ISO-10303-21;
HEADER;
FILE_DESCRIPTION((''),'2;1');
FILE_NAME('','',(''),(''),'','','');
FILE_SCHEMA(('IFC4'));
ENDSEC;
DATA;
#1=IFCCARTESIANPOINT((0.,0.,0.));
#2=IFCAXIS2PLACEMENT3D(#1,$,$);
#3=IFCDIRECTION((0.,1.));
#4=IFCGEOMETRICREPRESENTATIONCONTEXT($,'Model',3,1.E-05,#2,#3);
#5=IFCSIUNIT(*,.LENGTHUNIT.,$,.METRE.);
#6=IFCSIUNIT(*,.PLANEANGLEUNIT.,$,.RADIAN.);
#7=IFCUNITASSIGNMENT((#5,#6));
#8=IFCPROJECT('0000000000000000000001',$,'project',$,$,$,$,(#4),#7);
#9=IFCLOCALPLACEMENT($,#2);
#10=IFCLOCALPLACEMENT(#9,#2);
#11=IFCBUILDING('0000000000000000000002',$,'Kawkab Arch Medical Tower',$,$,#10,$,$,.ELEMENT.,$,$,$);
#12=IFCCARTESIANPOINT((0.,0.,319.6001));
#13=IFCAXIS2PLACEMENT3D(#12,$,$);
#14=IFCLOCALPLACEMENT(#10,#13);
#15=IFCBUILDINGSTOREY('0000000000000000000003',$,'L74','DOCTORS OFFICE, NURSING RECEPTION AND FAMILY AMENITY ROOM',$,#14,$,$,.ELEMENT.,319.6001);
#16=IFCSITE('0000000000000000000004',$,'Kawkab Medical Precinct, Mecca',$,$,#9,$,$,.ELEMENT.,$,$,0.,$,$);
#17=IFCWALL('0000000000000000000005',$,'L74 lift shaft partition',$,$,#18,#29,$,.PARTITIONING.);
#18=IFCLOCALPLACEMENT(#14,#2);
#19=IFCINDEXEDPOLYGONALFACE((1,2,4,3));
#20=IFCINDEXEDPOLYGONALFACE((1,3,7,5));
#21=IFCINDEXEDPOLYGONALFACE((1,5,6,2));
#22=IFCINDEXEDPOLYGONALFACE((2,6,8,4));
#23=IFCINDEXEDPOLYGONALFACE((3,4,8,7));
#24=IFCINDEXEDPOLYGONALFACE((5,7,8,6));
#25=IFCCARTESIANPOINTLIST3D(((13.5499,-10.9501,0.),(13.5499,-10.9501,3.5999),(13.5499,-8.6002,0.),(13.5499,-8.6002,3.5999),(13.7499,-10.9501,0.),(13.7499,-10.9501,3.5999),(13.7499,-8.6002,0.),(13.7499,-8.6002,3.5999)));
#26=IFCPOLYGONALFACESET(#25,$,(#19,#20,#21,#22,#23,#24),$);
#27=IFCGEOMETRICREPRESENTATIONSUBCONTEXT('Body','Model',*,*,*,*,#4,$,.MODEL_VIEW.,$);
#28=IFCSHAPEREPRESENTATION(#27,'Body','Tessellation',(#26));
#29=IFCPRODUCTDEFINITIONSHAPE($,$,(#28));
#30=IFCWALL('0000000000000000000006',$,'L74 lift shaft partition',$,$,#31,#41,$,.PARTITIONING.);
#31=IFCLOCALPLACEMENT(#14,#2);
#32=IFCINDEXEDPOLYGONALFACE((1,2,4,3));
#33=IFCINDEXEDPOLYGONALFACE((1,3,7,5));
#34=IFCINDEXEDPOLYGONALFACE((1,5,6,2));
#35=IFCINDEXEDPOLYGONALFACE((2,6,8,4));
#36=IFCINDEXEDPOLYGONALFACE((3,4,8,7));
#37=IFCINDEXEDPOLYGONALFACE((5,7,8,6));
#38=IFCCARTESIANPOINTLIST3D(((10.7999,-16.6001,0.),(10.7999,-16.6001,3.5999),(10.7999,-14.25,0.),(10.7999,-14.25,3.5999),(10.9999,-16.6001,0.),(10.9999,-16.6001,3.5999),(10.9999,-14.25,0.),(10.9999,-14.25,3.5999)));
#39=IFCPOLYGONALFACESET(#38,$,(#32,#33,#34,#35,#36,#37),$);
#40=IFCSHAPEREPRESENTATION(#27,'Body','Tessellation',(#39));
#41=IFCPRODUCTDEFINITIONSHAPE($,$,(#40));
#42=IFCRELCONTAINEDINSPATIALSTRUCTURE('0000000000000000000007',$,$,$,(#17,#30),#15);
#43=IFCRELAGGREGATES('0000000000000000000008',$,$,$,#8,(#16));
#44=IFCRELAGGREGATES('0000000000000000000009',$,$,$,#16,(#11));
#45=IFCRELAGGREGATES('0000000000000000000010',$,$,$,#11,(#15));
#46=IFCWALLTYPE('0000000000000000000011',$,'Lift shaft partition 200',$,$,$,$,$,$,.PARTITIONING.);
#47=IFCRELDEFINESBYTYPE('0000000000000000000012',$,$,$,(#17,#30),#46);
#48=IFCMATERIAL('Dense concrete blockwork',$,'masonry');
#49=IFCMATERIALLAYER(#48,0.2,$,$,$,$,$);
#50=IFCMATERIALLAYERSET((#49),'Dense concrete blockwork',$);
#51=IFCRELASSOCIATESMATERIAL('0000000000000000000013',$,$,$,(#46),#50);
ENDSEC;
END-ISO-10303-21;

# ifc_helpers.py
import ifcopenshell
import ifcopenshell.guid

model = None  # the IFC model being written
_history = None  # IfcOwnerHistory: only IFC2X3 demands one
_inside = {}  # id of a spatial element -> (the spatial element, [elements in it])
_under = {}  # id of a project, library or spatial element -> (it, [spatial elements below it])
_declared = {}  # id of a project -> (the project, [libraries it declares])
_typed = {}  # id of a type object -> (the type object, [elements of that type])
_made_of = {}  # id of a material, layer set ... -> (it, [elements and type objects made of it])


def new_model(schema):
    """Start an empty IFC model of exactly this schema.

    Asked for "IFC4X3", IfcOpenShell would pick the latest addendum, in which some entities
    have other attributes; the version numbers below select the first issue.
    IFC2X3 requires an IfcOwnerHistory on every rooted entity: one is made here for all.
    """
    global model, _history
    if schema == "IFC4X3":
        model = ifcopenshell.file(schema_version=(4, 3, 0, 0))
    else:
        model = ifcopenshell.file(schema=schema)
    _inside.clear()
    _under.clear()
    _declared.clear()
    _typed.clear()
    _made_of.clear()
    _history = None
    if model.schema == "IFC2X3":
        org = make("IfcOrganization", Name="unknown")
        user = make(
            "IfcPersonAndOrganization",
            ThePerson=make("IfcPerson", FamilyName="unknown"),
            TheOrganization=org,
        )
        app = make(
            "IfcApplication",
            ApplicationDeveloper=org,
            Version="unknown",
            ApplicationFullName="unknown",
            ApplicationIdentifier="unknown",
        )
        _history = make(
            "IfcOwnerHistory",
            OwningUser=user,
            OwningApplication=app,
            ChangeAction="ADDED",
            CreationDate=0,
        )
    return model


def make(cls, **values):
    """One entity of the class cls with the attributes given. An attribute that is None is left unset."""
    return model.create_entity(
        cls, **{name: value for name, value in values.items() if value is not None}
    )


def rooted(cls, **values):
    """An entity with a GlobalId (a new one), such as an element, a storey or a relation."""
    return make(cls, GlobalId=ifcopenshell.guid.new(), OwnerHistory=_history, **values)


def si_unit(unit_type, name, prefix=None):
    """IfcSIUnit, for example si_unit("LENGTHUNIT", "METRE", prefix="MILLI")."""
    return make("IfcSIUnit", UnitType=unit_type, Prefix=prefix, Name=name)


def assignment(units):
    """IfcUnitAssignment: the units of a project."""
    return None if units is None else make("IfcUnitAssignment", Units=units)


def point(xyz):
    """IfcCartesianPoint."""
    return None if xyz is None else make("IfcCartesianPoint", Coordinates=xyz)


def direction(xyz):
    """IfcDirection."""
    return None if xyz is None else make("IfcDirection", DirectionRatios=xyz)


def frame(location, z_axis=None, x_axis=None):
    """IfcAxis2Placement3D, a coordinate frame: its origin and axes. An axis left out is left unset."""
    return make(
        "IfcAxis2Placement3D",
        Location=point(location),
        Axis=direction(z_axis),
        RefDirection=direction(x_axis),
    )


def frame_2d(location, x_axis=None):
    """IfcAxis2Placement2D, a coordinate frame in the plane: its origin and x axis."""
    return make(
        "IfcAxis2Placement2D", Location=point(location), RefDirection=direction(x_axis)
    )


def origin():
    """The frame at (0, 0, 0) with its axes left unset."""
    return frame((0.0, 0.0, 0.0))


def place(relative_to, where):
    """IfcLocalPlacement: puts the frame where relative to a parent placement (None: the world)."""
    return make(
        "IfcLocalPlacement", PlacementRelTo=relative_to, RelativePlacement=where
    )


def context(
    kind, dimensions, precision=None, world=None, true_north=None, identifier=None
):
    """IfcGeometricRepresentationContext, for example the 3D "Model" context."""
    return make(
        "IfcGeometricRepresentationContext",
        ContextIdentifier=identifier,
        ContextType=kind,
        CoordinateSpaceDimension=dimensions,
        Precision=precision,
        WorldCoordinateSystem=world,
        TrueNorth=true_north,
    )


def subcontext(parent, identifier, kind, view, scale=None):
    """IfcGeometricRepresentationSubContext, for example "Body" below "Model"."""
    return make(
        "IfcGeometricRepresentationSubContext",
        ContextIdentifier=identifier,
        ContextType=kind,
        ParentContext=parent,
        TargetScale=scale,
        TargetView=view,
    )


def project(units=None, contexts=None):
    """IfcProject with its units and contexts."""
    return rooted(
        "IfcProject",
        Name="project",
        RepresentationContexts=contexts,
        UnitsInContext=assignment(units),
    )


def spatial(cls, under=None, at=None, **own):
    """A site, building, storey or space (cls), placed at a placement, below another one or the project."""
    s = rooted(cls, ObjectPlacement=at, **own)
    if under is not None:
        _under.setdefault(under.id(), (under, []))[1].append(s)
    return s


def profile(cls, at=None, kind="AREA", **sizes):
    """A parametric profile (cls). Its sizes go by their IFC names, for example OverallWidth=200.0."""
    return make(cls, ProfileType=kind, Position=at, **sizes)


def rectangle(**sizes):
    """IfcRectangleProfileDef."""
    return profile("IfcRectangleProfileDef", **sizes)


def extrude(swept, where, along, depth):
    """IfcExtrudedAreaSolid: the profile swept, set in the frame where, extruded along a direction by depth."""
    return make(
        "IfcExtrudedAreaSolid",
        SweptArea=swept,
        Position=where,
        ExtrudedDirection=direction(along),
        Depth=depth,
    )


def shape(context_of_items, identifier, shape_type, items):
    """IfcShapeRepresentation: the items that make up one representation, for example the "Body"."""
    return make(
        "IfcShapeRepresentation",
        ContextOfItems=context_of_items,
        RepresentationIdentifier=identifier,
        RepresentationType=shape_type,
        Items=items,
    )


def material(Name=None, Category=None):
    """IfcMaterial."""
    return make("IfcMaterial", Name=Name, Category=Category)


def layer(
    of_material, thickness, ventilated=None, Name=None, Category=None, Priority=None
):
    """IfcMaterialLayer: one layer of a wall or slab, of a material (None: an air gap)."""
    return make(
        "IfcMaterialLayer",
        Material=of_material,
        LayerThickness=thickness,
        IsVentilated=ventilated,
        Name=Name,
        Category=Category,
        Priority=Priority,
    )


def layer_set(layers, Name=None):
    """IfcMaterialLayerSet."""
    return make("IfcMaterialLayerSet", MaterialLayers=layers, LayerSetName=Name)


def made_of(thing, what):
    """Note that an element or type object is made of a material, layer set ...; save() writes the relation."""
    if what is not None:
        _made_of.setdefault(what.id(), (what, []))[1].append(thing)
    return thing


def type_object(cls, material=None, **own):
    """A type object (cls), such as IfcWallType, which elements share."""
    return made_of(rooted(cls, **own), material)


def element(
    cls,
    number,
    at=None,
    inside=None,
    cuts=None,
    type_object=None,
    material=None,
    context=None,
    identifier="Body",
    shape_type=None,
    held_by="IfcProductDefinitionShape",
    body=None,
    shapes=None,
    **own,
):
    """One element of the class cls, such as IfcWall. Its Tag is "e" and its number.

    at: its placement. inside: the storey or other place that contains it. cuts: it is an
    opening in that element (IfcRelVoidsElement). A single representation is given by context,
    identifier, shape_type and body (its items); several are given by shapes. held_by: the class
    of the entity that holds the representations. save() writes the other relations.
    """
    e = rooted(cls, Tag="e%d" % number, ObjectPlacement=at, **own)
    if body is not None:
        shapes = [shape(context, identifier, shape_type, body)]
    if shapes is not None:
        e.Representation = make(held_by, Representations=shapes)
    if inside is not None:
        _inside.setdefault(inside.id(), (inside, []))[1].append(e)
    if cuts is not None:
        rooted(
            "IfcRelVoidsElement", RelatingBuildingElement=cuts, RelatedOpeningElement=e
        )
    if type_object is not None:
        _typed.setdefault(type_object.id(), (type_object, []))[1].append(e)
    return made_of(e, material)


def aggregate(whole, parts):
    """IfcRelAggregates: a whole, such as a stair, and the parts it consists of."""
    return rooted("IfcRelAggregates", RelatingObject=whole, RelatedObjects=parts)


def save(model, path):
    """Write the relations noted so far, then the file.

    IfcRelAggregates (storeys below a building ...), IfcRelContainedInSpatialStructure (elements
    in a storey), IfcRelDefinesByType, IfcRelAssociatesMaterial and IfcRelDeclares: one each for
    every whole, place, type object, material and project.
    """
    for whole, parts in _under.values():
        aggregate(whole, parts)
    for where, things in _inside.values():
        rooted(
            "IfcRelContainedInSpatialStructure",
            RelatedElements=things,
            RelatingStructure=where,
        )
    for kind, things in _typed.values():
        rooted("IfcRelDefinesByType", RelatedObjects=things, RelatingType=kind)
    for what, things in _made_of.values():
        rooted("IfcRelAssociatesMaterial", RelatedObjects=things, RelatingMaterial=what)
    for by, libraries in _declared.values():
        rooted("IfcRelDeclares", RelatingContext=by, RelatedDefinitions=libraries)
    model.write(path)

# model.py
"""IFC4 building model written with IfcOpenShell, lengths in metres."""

from ifc_helpers import new_model, si_unit, direction, frame, frame_2d, origin, place, context, subcontext, project, spatial, rectangle, extrude, material, layer, layer_set, type_object, element, save


model = new_model("IFC4")

# Units and contexts
model_context = context("Model", 3, precision=1e-05, world=origin(), true_north=direction((0.0, 1.0)))
body_context = subcontext(model_context, "Body", "Model", "MODEL_VIEW")
ifc_project = project(units=[si_unit("LENGTHUNIT", "METRE"), si_unit("PLANEANGLEUNIT", "RADIAN")], contexts=[model_context])

# Site, building, storey
site_placement = place(None, origin())
site = spatial("IfcSite", under=ifc_project, at=site_placement, Name="Kawkab Medical Precinct, Mecca", CompositionType="ELEMENT", RefElevation=0.0)
building_placement = place(site_placement, origin())
building = spatial("IfcBuilding", under=site, at=building_placement, Name="Kawkab Arch Medical Tower", CompositionType="ELEMENT")
storey_placement = place(building_placement, frame((0.0, 0.0, 319.6001)))
storey = spatial("IfcBuildingStorey", under=building, at=storey_placement, Name="L74", Description="DOCTORS OFFICE, NURSING RECEPTION AND FAMILY AMENITY ROOM", CompositionType="ELEMENT", Elevation=319.6001)

# Walls
ifc_material_1 = material(Name="Dense concrete blockwork", Category="masonry")
ifc_layer_1 = layer(ifc_material_1, 0.2)
ifc_layer_set_1 = layer_set([ifc_layer_1], Name="Dense concrete blockwork")
wall_type_1 = type_object("IfcWallType", Name="Lift shaft partition 200", PredefinedType="PARTITIONING", material=ifc_layer_set_1)
wall_1_placement = place(storey_placement, frame((13.6499, -10.95, 0.0), z_axis=(0.0, 0.0, 1.0), x_axis=(0.0, 1.0, 0.0)))
element("IfcWall", 1, at=wall_1_placement, inside=storey, type_object=wall_type_1, Name="L74 lift shaft partition", PredefinedType="PARTITIONING", context=body_context, shape_type="SweptSolid", body=[
    extrude(rectangle(XDim=2.3499, YDim=0.2, at=frame_2d((1.1748, 0.0))), origin(), (0.0, 0.0, 1.0), 3.5999),
])
wall_2_placement = place(storey_placement, frame((10.8999, -16.6001, 0.0), z_axis=(0.0, 0.0, 1.0), x_axis=(0.0, 1.0, 0.0)))
element("IfcWall", 2, at=wall_2_placement, inside=storey, type_object=wall_type_1, Name="L74 lift shaft partition", PredefinedType="PARTITIONING", context=body_context, shape_type="SweptSolid", body=[
    extrude(rectangle(XDim=2.3501, YDim=0.2, at=frame_2d((1.175, 0.0))), origin(), (0.0, 0.0, 1.0), 3.5999),
])

save(model, "model.ifc")
